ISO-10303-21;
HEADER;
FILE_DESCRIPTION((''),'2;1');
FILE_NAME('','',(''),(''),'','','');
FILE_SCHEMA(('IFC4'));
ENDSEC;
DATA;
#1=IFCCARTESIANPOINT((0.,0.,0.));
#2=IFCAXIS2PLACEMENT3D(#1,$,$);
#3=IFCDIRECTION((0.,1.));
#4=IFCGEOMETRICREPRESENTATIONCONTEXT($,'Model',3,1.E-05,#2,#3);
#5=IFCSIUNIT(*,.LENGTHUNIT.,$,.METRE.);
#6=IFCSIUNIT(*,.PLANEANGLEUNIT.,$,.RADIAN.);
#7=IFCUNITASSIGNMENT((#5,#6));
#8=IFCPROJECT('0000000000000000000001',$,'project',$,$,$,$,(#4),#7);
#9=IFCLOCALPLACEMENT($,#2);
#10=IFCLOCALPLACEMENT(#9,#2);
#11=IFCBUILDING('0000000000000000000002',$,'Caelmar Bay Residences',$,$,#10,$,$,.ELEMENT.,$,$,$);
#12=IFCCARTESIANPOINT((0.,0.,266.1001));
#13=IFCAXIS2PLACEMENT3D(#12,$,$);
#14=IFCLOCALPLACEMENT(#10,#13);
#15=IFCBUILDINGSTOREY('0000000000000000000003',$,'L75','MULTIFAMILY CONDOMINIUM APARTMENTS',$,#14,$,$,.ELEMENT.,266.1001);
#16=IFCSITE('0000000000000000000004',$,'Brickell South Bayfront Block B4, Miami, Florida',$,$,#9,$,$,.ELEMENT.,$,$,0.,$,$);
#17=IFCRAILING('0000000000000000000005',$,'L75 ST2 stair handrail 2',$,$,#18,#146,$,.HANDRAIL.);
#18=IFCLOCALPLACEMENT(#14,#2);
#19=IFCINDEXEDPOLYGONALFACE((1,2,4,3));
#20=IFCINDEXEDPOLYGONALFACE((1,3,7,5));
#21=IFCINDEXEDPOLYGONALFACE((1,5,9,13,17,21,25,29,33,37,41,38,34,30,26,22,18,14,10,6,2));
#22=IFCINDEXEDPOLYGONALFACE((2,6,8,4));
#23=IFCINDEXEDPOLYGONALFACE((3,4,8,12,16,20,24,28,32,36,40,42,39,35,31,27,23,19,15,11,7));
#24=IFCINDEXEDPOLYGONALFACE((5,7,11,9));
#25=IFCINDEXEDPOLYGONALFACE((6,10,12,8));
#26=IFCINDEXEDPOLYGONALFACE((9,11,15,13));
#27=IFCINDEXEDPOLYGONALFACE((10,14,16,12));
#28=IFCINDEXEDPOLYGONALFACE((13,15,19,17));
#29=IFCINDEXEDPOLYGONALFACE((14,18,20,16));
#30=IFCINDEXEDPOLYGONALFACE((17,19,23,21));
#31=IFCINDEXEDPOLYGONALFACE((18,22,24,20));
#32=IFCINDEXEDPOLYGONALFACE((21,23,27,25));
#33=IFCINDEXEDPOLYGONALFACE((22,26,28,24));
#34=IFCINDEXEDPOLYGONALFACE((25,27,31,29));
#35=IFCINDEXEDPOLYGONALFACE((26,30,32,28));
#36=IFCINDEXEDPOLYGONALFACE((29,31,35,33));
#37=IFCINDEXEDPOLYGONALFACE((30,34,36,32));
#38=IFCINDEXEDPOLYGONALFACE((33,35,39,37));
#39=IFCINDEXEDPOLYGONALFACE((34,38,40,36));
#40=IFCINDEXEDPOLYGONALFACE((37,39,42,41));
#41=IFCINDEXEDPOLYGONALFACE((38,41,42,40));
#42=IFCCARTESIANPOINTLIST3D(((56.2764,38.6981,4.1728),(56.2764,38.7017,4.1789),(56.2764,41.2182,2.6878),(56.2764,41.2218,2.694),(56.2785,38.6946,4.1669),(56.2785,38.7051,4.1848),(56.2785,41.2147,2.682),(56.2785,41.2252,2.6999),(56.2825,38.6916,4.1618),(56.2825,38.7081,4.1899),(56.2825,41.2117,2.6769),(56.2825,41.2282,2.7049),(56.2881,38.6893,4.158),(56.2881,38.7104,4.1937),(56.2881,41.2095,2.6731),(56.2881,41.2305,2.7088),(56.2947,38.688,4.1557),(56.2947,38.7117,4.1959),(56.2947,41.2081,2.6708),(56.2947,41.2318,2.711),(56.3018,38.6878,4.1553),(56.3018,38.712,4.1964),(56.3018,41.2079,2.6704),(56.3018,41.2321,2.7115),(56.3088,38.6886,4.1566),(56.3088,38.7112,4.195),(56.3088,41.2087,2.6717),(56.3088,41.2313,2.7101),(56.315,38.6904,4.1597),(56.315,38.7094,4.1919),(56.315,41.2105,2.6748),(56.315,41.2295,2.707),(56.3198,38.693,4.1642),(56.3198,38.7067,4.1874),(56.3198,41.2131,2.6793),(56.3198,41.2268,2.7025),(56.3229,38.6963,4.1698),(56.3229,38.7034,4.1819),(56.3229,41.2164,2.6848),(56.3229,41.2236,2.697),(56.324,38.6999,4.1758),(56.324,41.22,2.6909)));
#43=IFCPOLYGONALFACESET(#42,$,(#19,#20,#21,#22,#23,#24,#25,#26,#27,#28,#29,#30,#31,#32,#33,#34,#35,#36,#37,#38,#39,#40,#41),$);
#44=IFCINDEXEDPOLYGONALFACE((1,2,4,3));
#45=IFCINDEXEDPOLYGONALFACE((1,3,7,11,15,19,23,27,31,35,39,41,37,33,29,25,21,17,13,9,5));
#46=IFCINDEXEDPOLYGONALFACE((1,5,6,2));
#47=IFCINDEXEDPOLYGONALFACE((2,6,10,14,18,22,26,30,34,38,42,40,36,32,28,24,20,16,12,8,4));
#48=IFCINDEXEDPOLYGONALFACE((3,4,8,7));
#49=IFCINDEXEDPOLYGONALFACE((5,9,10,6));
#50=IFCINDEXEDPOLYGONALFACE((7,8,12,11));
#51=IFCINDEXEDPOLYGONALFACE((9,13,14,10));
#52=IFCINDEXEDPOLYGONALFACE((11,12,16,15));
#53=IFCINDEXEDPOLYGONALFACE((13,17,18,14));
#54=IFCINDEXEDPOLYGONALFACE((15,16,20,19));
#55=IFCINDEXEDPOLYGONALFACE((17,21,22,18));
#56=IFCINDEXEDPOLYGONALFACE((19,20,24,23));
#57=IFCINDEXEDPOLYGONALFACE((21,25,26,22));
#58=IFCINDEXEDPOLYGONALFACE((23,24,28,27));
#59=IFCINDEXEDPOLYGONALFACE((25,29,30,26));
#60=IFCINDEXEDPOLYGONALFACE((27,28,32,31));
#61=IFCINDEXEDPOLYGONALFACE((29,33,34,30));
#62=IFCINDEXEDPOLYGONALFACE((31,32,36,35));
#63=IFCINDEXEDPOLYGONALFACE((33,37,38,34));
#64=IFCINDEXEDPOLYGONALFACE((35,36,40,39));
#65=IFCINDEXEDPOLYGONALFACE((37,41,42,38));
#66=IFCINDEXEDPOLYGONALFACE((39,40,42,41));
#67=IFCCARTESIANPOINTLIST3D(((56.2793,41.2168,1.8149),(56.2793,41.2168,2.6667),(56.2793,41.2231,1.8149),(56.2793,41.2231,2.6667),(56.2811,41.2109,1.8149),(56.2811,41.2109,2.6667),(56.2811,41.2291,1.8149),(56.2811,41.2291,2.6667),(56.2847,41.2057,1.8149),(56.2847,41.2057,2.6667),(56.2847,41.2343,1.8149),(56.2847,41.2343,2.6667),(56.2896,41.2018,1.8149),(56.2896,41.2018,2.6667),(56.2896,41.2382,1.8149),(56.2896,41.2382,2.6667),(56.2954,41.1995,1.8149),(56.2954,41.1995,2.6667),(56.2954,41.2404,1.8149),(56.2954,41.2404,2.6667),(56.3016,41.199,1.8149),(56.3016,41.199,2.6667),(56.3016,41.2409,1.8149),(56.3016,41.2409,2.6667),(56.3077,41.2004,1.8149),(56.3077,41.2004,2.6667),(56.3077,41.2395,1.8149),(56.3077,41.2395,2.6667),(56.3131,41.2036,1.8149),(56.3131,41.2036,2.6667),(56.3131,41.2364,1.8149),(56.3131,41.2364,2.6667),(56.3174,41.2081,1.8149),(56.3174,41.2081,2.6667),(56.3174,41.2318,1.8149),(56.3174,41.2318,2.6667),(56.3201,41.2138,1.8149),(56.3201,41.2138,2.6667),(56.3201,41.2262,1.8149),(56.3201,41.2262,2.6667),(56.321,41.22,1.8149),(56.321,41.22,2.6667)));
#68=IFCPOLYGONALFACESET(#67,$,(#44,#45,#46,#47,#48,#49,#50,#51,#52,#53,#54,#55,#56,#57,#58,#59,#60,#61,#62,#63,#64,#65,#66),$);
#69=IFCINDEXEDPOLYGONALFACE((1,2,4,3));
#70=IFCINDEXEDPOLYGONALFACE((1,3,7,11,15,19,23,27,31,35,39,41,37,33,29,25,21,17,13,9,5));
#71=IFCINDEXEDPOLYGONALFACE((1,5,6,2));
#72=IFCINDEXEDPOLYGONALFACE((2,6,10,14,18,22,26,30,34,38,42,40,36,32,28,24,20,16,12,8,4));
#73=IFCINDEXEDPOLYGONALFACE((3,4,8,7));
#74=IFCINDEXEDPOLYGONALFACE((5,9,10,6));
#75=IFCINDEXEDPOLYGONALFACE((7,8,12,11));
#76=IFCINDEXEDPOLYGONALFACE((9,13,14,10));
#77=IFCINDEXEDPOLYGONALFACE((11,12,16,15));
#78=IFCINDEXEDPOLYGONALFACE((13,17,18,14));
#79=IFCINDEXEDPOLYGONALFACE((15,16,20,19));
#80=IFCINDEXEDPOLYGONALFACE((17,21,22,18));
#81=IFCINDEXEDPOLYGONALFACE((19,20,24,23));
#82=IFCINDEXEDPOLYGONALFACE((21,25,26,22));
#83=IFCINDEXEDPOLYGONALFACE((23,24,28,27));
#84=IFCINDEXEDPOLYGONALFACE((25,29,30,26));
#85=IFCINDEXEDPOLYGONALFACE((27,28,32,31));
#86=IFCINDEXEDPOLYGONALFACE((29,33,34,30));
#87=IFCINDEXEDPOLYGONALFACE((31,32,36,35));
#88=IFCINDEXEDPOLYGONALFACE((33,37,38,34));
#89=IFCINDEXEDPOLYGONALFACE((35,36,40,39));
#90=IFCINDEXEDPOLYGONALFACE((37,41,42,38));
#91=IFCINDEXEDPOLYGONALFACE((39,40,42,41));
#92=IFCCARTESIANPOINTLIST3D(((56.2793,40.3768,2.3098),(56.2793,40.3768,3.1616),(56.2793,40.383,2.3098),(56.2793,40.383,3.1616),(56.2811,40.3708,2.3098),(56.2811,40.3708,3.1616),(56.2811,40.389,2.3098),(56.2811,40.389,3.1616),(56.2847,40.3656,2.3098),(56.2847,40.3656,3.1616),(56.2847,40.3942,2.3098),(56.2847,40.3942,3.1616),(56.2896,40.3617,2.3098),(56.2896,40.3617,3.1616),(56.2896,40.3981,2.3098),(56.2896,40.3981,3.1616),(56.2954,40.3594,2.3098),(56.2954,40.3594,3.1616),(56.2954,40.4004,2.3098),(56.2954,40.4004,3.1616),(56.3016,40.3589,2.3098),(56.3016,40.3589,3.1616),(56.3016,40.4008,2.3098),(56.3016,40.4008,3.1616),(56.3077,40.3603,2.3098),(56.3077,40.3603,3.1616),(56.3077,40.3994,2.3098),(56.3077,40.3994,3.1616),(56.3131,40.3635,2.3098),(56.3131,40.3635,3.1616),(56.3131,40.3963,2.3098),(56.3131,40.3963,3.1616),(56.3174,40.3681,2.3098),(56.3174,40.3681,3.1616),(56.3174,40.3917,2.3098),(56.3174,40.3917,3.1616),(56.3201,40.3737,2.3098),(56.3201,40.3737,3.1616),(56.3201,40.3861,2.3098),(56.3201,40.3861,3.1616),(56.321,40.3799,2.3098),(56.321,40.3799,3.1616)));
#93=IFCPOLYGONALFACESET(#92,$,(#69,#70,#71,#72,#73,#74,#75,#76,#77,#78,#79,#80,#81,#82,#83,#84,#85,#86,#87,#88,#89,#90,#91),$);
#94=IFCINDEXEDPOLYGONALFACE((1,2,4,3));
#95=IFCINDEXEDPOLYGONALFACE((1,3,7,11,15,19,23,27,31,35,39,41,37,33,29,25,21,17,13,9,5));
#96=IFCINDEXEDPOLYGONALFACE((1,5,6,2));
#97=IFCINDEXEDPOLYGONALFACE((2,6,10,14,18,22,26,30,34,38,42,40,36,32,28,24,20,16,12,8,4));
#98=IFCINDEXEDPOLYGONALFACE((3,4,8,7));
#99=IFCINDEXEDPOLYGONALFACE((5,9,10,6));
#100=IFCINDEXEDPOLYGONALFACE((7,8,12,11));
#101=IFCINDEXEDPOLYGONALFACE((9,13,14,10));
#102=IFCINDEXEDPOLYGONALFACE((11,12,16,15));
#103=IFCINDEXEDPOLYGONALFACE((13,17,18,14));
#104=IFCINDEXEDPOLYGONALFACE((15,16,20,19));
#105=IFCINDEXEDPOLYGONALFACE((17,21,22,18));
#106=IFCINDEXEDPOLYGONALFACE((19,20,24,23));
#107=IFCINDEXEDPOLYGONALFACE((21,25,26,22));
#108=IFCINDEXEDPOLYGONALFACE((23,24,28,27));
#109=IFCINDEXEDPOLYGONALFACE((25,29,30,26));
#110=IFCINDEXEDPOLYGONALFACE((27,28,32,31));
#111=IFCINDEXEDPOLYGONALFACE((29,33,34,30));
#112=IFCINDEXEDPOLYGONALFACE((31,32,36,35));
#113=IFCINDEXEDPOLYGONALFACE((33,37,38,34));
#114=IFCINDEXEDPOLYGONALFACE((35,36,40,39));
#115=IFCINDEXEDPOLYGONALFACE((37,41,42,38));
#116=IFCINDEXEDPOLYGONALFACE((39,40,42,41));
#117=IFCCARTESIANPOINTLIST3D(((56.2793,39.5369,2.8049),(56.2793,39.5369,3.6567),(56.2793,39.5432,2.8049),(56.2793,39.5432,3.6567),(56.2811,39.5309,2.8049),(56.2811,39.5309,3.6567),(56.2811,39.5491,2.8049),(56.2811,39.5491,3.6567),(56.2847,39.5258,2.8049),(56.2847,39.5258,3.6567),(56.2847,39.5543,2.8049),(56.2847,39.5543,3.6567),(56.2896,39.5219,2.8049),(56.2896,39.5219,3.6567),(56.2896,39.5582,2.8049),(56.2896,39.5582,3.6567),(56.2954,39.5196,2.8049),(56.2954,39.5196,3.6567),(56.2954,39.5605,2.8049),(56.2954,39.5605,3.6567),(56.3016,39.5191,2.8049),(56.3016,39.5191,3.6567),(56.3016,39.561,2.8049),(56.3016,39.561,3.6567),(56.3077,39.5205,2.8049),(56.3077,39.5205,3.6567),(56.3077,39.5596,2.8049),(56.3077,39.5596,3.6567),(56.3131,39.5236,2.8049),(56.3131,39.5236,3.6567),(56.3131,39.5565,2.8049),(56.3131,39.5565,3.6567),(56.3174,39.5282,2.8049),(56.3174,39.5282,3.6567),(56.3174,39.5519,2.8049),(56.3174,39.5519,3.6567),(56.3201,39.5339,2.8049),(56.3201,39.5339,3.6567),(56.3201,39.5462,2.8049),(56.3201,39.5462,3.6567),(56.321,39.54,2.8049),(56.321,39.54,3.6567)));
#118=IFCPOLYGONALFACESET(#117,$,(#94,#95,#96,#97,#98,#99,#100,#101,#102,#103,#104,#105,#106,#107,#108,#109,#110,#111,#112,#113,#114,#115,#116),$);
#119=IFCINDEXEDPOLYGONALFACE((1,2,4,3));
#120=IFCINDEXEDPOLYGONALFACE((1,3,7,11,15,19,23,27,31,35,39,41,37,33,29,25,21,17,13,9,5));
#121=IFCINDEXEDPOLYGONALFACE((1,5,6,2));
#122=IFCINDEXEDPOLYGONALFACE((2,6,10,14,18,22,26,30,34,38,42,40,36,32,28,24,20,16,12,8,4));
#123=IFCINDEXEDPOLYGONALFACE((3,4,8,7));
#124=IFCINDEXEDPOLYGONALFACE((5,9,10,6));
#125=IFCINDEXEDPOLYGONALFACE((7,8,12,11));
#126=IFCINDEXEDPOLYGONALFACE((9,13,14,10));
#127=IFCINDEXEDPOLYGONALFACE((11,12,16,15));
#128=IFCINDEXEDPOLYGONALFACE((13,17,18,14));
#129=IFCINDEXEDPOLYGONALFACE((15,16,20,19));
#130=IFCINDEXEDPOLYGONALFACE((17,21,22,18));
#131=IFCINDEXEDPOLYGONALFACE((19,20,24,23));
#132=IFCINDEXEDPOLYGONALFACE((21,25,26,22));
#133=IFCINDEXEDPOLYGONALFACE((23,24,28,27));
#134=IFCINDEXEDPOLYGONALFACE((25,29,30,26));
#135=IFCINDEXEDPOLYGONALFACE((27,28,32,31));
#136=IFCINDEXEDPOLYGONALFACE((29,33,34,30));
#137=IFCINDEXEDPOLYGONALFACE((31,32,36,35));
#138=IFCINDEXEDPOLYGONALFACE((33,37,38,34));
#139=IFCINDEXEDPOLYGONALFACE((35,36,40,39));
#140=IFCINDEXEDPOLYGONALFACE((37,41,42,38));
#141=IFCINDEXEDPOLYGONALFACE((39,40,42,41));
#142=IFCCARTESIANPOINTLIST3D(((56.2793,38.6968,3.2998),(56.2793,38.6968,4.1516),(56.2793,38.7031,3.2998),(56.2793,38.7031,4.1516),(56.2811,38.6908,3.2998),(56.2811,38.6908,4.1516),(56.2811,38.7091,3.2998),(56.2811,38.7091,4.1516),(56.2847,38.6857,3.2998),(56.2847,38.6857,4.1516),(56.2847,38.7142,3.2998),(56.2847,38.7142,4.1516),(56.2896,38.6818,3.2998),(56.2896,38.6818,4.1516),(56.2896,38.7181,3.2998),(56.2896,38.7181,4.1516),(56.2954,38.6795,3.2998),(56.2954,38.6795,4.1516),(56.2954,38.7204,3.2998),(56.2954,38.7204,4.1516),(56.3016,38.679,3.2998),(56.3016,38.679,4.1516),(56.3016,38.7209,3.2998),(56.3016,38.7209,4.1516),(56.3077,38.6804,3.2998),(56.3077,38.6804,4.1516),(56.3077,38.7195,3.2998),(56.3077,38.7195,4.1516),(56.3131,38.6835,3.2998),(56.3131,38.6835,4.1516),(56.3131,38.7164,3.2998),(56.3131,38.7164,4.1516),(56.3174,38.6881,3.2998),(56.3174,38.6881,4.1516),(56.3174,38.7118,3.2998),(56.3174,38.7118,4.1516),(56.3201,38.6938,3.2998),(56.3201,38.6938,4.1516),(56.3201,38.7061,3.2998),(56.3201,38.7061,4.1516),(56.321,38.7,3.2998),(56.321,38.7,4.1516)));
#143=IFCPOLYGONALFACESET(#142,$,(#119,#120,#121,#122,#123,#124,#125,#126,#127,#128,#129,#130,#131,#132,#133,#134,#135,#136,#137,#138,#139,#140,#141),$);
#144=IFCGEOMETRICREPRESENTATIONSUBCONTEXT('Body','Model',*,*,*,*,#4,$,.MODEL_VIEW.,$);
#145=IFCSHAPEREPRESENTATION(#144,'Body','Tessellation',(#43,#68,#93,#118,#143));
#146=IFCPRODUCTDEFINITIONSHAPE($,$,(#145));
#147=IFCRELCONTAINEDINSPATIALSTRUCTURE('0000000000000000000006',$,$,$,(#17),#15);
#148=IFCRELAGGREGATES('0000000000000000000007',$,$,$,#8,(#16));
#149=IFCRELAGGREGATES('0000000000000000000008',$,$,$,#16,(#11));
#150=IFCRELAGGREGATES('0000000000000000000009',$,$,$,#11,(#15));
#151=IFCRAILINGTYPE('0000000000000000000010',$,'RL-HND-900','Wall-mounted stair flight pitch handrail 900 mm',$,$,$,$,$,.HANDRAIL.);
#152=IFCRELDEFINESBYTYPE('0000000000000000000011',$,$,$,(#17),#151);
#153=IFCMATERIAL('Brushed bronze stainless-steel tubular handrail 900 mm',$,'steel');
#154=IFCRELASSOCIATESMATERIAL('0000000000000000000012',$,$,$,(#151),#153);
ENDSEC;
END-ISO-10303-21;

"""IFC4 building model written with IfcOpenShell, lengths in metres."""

from ifc_helpers import new_model, si_unit, direction, frame, origin, origin_2d, place, context, subcontext, project, spatial, circle, extrude, material, type_object, element, save


model = new_model("IFC4")

# Units and contexts
model_context = context("Model", 3, precision=1e-05, world=origin(), true_north=direction((0.0, 1.0)))
body_context = subcontext(model_context, "Body", "Model", "MODEL_VIEW")
ifc_project = project(units=[si_unit("LENGTHUNIT", "METRE"), si_unit("PLANEANGLEUNIT", "RADIAN")], contexts=[model_context])

# Site, building, storey
site_placement = place(None, origin())
site = spatial("IfcSite", under=ifc_project, at=site_placement, Name="Brickell South Bayfront Block B4, Miami, Florida", CompositionType="ELEMENT", RefElevation=0.0)
building_placement = place(site_placement, origin())
building = spatial("IfcBuilding", under=site, at=building_placement, Name="Caelmar Bay Residences", CompositionType="ELEMENT")
storey_placement = place(building_placement, frame((0.0, 0.0, 266.1001)))
storey = spatial("IfcBuildingStorey", under=building, at=storey_placement, Name="L75", Description="MULTIFAMILY CONDOMINIUM APARTMENTS", CompositionType="ELEMENT", Elevation=266.1001)

# Railing
ifc_material_1 = material(Name="Brushed bronze stainless-steel tubular handrail 900 mm", Category="steel")
railing_type_1 = type_object("IfcRailingType", Name="RL-HND-900", Description="Wall-mounted stair flight pitch handrail 900 mm", PredefinedType="HANDRAIL", material=ifc_material_1)
railing_1_placement = place(storey_placement, frame((56.3, 41.22, 1.8149)))
element("IfcRailing", 1, at=railing_1_placement, inside=storey, type_object=railing_type_1, Name="L75 ST2 stair handrail 2", PredefinedType="HANDRAIL", context=body_context, shape_type="SweptSolid", body=[
    extrude(circle(Radius=0.0239, at=origin_2d()), frame((0.0, 0.0, 0.876), z_axis=(0.0, -0.861561, 0.507655), x_axis=(1.0, 0.0, 0.0)), (0.0, 0.0, 1.0), 2.925),
    extrude(circle(Radius=0.021, at=origin_2d()), origin(), (0.0, 0.0, 1.0), 0.8518),
    extrude(circle(Radius=0.021, at=origin_2d()), frame((0.0, -0.8401, 0.4949)), (0.0, 0.0, 1.0), 0.8518),
    extrude(circle(Radius=0.021, at=origin_2d()), frame((0.0, -1.6799, 0.99)), (0.0, 0.0, 1.0), 0.8518),
    extrude(circle(Radius=0.021, at=origin_2d()), frame((0.0, -2.52, 1.4849)), (0.0, 0.0, 1.0), 0.8518),
])

save(model, "model.ifc")
